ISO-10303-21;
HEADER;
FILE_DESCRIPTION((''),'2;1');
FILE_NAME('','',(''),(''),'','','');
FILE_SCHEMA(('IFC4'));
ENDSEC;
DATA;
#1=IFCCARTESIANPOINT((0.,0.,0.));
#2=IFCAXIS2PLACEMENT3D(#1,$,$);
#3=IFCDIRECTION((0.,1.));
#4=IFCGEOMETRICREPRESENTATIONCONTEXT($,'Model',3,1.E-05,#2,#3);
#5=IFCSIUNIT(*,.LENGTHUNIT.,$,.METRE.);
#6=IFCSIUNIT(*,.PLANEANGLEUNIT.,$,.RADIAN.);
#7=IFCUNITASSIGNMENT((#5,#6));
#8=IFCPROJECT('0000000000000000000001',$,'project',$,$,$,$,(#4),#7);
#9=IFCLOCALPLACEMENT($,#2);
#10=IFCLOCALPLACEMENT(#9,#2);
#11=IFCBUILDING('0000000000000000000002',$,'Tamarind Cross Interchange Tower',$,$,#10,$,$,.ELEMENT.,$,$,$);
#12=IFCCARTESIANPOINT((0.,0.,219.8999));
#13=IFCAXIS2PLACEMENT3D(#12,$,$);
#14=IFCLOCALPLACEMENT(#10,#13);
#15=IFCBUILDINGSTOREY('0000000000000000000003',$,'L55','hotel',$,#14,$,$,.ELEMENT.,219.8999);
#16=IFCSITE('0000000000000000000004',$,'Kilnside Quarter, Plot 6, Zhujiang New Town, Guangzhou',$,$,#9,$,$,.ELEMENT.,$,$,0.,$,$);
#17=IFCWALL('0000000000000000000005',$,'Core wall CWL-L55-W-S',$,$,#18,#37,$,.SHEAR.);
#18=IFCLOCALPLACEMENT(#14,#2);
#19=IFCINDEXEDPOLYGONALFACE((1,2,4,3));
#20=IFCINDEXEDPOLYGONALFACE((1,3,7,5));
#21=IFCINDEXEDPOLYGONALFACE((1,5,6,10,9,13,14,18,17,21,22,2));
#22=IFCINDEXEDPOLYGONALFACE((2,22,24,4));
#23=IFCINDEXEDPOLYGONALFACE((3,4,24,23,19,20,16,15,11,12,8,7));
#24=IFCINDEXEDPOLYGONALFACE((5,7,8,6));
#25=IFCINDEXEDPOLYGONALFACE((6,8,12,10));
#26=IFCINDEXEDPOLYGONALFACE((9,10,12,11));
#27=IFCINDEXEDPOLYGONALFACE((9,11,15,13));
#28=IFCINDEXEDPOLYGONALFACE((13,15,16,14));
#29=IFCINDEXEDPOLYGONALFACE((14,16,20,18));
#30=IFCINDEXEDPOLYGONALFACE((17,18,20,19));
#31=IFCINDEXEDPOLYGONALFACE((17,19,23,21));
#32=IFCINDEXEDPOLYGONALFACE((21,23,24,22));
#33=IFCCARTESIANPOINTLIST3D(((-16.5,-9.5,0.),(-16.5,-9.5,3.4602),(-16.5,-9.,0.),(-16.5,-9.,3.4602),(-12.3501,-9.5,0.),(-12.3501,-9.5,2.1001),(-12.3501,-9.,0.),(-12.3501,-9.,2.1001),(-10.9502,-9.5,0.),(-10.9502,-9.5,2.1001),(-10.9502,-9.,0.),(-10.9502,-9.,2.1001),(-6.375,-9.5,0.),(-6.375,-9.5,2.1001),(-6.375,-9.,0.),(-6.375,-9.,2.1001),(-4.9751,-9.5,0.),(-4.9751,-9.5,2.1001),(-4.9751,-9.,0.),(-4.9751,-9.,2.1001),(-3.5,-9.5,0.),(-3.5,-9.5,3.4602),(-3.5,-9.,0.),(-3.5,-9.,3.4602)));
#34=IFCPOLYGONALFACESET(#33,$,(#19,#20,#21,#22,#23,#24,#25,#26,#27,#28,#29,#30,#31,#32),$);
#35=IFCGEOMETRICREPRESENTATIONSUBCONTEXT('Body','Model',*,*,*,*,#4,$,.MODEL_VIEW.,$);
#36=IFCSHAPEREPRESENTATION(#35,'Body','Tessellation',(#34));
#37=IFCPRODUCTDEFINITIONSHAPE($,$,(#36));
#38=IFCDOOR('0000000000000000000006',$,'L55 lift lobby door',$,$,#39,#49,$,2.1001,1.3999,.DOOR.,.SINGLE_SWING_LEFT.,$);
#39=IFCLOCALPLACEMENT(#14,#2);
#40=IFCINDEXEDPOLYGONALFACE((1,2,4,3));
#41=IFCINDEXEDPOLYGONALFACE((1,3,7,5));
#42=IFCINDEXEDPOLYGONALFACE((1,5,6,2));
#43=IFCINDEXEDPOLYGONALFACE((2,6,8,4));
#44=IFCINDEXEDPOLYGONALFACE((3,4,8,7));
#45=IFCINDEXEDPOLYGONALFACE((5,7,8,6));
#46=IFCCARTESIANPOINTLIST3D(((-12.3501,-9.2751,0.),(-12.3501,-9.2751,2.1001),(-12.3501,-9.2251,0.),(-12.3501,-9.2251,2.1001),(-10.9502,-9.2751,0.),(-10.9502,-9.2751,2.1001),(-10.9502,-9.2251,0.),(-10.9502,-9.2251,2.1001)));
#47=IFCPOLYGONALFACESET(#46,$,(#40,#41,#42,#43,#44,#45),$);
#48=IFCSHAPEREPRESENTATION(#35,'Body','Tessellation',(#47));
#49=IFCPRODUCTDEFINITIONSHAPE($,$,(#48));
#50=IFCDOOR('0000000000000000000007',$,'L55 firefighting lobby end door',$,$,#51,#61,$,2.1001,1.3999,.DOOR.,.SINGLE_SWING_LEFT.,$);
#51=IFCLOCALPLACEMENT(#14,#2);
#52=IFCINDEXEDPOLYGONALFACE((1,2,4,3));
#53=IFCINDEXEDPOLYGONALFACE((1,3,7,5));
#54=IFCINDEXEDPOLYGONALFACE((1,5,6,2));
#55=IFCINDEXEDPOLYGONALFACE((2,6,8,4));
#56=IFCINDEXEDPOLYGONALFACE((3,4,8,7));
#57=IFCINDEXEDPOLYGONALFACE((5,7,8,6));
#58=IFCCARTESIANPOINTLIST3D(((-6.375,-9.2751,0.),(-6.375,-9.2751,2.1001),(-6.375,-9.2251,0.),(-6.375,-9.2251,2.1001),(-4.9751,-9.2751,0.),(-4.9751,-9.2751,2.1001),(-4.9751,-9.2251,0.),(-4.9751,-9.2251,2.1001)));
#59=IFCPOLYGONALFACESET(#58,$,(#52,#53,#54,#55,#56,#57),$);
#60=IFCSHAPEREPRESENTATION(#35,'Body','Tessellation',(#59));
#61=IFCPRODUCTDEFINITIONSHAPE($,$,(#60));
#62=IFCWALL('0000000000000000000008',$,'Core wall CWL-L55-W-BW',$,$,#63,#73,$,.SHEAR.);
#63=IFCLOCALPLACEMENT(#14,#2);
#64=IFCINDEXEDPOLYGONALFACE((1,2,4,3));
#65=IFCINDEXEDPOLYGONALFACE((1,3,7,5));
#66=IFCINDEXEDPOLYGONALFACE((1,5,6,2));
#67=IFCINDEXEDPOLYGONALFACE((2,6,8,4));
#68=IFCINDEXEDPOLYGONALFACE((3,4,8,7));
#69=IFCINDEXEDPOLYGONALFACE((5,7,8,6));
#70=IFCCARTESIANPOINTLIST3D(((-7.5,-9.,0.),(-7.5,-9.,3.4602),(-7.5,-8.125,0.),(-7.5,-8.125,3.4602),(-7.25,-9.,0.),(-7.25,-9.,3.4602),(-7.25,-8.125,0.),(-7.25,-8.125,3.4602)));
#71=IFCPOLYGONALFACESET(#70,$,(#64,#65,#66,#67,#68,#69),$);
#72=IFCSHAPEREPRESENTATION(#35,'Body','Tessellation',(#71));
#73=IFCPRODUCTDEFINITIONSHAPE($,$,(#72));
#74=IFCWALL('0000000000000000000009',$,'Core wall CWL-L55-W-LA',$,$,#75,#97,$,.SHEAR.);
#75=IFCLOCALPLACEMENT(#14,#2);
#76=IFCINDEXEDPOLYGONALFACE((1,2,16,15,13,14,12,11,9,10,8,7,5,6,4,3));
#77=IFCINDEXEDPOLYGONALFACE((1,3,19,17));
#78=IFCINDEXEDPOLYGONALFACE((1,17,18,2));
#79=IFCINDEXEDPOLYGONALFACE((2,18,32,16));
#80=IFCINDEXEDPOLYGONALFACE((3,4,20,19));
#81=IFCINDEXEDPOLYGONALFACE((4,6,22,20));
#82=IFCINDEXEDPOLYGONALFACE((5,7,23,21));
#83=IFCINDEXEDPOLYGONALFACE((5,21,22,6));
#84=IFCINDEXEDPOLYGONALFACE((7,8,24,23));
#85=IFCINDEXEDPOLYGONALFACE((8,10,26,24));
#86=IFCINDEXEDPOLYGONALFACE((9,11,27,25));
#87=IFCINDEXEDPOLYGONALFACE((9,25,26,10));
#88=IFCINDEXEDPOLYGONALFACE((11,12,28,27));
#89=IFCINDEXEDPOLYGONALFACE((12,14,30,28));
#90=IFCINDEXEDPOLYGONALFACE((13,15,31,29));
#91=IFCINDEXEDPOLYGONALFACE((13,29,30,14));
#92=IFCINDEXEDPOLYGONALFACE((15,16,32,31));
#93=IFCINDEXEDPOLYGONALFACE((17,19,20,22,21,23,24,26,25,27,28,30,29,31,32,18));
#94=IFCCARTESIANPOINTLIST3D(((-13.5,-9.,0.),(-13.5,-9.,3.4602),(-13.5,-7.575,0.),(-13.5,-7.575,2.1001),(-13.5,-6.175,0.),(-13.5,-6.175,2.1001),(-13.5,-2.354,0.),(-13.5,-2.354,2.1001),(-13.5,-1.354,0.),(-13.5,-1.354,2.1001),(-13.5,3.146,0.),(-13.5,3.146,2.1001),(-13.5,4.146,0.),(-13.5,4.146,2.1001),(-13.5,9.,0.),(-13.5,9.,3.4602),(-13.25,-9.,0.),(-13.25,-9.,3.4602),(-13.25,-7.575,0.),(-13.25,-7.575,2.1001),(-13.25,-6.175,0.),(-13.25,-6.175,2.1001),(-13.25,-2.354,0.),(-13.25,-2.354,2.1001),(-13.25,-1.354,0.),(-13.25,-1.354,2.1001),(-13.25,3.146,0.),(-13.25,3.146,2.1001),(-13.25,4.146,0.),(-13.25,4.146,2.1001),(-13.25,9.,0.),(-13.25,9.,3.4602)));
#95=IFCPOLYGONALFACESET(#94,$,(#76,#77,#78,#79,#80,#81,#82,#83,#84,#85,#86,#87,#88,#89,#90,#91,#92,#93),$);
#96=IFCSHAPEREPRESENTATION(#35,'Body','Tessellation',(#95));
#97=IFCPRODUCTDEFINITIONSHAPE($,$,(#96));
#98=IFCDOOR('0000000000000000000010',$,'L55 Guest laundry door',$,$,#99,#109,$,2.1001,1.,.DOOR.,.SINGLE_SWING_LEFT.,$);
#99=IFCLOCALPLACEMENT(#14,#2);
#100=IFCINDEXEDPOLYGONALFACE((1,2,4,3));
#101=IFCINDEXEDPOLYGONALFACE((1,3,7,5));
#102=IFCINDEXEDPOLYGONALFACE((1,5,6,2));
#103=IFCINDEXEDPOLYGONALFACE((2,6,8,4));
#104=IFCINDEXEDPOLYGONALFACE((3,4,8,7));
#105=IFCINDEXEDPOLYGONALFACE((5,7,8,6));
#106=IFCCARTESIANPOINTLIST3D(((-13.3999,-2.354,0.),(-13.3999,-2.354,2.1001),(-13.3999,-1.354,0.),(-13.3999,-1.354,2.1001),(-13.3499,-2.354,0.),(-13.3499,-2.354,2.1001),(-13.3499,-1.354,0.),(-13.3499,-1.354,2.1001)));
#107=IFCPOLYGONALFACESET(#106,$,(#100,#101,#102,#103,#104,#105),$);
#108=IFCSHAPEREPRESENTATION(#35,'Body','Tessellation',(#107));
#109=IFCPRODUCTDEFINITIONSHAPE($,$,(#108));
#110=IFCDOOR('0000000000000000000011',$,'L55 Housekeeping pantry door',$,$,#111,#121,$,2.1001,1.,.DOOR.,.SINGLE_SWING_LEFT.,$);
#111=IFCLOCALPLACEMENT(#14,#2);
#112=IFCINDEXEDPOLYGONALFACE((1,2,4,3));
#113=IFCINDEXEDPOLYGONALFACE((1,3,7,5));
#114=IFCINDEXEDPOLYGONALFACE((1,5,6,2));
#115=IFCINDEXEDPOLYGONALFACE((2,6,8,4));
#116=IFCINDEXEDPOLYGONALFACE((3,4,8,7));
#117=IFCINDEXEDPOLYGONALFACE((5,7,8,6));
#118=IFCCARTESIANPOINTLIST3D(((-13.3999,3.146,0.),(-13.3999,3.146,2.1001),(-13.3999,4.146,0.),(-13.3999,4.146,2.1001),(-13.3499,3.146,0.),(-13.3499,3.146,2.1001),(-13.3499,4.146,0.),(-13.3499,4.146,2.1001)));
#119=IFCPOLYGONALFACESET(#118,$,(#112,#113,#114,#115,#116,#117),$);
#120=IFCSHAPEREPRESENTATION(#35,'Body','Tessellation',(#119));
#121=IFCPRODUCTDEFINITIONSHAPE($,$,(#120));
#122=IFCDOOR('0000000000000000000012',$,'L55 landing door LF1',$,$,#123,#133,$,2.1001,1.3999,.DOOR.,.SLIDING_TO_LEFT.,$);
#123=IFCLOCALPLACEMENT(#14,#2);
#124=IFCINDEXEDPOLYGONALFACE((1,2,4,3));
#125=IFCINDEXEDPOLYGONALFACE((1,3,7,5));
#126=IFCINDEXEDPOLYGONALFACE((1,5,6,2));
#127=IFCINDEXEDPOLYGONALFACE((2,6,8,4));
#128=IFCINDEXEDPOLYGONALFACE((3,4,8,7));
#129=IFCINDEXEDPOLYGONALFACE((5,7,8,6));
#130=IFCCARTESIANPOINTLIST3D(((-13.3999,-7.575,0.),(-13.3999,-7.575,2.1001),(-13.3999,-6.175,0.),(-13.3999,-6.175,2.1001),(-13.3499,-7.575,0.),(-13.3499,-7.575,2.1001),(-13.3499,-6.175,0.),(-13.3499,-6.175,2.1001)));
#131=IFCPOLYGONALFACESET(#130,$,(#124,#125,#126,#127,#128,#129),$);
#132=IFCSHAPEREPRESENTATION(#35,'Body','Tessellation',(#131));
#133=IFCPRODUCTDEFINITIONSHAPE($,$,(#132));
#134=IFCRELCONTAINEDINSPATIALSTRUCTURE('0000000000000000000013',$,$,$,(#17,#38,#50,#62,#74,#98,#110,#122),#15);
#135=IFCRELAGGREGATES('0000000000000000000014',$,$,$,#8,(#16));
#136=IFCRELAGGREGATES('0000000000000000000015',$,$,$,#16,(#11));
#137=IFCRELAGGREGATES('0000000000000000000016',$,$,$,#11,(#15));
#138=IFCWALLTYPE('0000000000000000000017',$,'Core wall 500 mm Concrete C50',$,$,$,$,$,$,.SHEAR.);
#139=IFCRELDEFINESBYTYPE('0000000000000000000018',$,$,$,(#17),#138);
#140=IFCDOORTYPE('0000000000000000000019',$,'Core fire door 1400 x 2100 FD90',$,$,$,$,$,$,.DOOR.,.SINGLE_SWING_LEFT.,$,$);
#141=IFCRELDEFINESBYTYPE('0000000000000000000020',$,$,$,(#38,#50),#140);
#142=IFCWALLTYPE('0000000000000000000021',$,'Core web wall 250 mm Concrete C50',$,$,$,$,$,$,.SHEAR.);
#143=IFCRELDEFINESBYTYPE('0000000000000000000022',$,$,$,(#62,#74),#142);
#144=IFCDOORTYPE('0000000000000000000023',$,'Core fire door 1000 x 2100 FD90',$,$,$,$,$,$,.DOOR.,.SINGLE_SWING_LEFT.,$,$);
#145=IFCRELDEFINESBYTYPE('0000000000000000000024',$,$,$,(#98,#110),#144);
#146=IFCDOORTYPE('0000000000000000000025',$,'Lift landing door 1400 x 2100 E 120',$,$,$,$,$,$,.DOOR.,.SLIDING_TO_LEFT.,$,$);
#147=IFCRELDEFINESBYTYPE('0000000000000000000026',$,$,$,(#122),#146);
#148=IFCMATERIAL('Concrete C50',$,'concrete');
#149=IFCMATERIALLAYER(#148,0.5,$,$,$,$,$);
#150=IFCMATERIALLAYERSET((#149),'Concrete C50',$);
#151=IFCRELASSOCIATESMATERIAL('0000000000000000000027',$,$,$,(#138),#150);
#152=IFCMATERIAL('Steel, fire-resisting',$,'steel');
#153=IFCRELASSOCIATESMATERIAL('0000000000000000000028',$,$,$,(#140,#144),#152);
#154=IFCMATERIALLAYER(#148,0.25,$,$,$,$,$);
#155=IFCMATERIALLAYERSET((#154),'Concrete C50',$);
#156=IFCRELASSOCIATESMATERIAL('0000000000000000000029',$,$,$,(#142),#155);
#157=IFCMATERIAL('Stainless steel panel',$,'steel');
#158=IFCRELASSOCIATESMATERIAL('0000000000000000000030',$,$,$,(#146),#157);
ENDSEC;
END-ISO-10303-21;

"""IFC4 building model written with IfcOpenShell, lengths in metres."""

from ifc_helpers import new_model, si_unit, direction, frame, frame_2d, origin, place, context, subcontext, project, spatial, rectangle, extrude, material, layer, layer_set, type_object, element, fill, save


model = new_model("IFC4")

# Units and contexts
model_context = context("Model", 3, precision=1e-05, world=origin(), true_north=direction((0.0, 1.0)))
body_context = subcontext(model_context, "Body", "Model", "MODEL_VIEW")
ifc_project = project(units=[si_unit("LENGTHUNIT", "METRE"), si_unit("PLANEANGLEUNIT", "RADIAN")], contexts=[model_context])

# Site, building, storey
site_placement = place(None, origin())
site = spatial("IfcSite", under=ifc_project, at=site_placement, Name="Kilnside Quarter, Plot 6, Zhujiang New Town, Guangzhou", CompositionType="ELEMENT", RefElevation=0.0)
building_placement = place(site_placement, origin())
building = spatial("IfcBuilding", under=site, at=building_placement, Name="Tamarind Cross Interchange Tower", CompositionType="ELEMENT")
storey_placement = place(building_placement, frame((0.0, 0.0, 219.8999)))
storey = spatial("IfcBuildingStorey", under=building, at=storey_placement, Name="L55", Description="hotel", CompositionType="ELEMENT", Elevation=219.8999)

# Wall, openings, doors
ifc_material_1 = material(Name="Concrete C50", Category="concrete")
ifc_layer_1 = layer(ifc_material_1, 0.5)
ifc_layer_set_1 = layer_set([ifc_layer_1], Name="Concrete C50")
wall_type_1 = type_object("IfcWallType", Name="Core wall 500 mm Concrete C50", PredefinedType="SHEAR", material=ifc_layer_set_1)
wall_1_placement = place(storey_placement, frame((-16.5, -9.25, 0.0), z_axis=(0.0, 0.0, 1.0), x_axis=(1.0, 0.0, 0.0)))
wall_1 = element("IfcWall", 1, at=wall_1_placement, inside=storey, type_object=wall_type_1, Name="Core wall CWL-L55-W-S", PredefinedType="SHEAR", context=body_context, shape_type="SweptSolid", body=[
    extrude(rectangle(XDim=13.0, YDim=0.5, at=frame_2d((6.5, 0.0))), origin(), (0.0, 0.0, 1.0), 3.4602),
])
opening_1_placement = place(wall_1_placement, frame((4.1499, 0.0, 0.0)))
opening_1 = element("IfcOpeningElement", 2, at=opening_1_placement, cuts=wall_1, PredefinedType="OPENING", context=body_context, shape_type="SweptSolid", body=[
    extrude(rectangle(XDim=1.3999, YDim=2.1001, at=frame_2d((0.7, 1.05))), frame((0.0, 0.26, 0.0), z_axis=(0.0, -1.0, 0.0), x_axis=(1.0, 0.0, 0.0)), (0.0, 0.0, 1.0), 0.52),
])
opening_2_placement = place(wall_1_placement, frame((10.125, 0.0, 0.0)))
opening_2 = element("IfcOpeningElement", 3, at=opening_2_placement, cuts=wall_1, PredefinedType="OPENING", context=body_context, shape_type="SweptSolid", body=[
    extrude(rectangle(XDim=1.3999, YDim=2.1001, at=frame_2d((0.7, 1.05))), frame((0.0, 0.26, 0.0), z_axis=(0.0, -1.0, 0.0), x_axis=(1.0, 0.0, 0.0)), (0.0, 0.0, 1.0), 0.52),
])
ifc_material_2 = material(Name="Steel, fire-resisting", Category="steel")
door_type_1 = type_object("IfcDoorType", Name="Core fire door 1400 x 2100 FD90", OperationType="SINGLE_SWING_LEFT", PredefinedType="DOOR", material=ifc_material_2)
door_1_placement = place(opening_1_placement, origin())
door_1 = element("IfcDoor", 4, at=door_1_placement, inside=storey, type_object=door_type_1, Name="L55 lift lobby door", OperationType="SINGLE_SWING_LEFT", OverallHeight=2.1001, OverallWidth=1.3999, PredefinedType="DOOR", context=body_context, shape_type="SweptSolid", body=[
    extrude(rectangle(XDim=1.3999, YDim=2.1001, at=frame_2d((0.7, 1.05))), frame((0.0, 0.0249, 0.0), z_axis=(0.0, -1.0, 0.0), x_axis=(1.0, 0.0, 0.0)), (0.0, 0.0, 1.0), 0.05),
])
fill(opening_1, door_1)
door_2_placement = place(opening_2_placement, origin())
door_2 = element("IfcDoor", 5, at=door_2_placement, inside=storey, type_object=door_type_1, Name="L55 firefighting lobby end door", OperationType="SINGLE_SWING_LEFT", OverallHeight=2.1001, OverallWidth=1.3999, PredefinedType="DOOR", context=body_context, shape_type="SweptSolid", body=[
    extrude(rectangle(XDim=1.3999, YDim=2.1001, at=frame_2d((0.7, 1.05))), frame((0.0, 0.0249, 0.0), z_axis=(0.0, -1.0, 0.0), x_axis=(1.0, 0.0, 0.0)), (0.0, 0.0, 1.0), 0.05),
])
fill(opening_2, door_2)

# Wall
ifc_layer_2 = layer(ifc_material_1, 0.25)
ifc_layer_set_2 = layer_set([ifc_layer_2], Name="Concrete C50")
wall_type_2 = type_object("IfcWallType", Name="Core web wall 250 mm Concrete C50", PredefinedType="SHEAR", material=ifc_layer_set_2)
wall_2_placement = place(storey_placement, frame((-7.375, -9.0, 0.0), z_axis=(0.0, 0.0, 1.0), x_axis=(0.0, 1.0, 0.0)))
element("IfcWall", 6, at=wall_2_placement, inside=storey, type_object=wall_type_2, Name="Core wall CWL-L55-W-BW", PredefinedType="SHEAR", context=body_context, shape_type="SweptSolid", body=[
    extrude(rectangle(XDim=0.875, YDim=0.25, at=frame_2d((0.4375, 0.0))), origin(), (0.0, 0.0, 1.0), 3.4602),
])

# Wall, openings, doors
wall_3_placement = place(storey_placement, frame((-13.375, -9.0, 0.0), z_axis=(0.0, 0.0, 1.0), x_axis=(0.0, 1.0, 0.0)))
wall_3 = element("IfcWall", 7, at=wall_3_placement, inside=storey, type_object=wall_type_2, Name="Core wall CWL-L55-W-LA", PredefinedType="SHEAR", context=body_context, shape_type="SweptSolid", body=[
    extrude(rectangle(XDim=18.0, YDim=0.25, at=frame_2d((9.0, 0.0))), origin(), (0.0, 0.0, 1.0), 3.4602),
])
opening_3_placement = place(wall_3_placement, frame((1.425, 0.0, 0.0)))
opening_3 = element("IfcOpeningElement", 8, at=opening_3_placement, cuts=wall_3, PredefinedType="OPENING", context=body_context, shape_type="SweptSolid", body=[
    extrude(rectangle(XDim=1.3999, YDim=2.1001, at=frame_2d((0.7, 1.05))), frame((0.0, 0.135, 0.0), z_axis=(0.0, -1.0, 0.0), x_axis=(1.0, 0.0, 0.0)), (0.0, 0.0, 1.0), 0.27),
])
opening_4_placement = place(wall_3_placement, frame((6.646, 0.0, 0.0)))
opening_4 = element("IfcOpeningElement", 9, at=opening_4_placement, cuts=wall_3, PredefinedType="OPENING", context=body_context, shape_type="SweptSolid", body=[
    extrude(rectangle(XDim=1.0, YDim=2.1001, at=frame_2d((0.5, 1.05))), frame((0.0, 0.135, 0.0), z_axis=(0.0, -1.0, 0.0), x_axis=(1.0, 0.0, 0.0)), (0.0, 0.0, 1.0), 0.27),
])
opening_5_placement = place(wall_3_placement, frame((12.146, 0.0, 0.0)))
opening_5 = element("IfcOpeningElement", 10, at=opening_5_placement, cuts=wall_3, PredefinedType="OPENING", context=body_context, shape_type="SweptSolid", body=[
    extrude(rectangle(XDim=1.0, YDim=2.1001, at=frame_2d((0.5, 1.05))), frame((0.0, 0.135, 0.0), z_axis=(0.0, -1.0, 0.0), x_axis=(1.0, 0.0, 0.0)), (0.0, 0.0, 1.0), 0.27),
])
door_type_2 = type_object("IfcDoorType", Name="Core fire door 1000 x 2100 FD90", OperationType="SINGLE_SWING_LEFT", PredefinedType="DOOR", material=ifc_material_2)
door_3_placement = place(opening_4_placement, origin())
door_3 = element("IfcDoor", 11, at=door_3_placement, inside=storey, type_object=door_type_2, Name="L55 Guest laundry door", OperationType="SINGLE_SWING_LEFT", OverallHeight=2.1001, OverallWidth=1.0, PredefinedType="DOOR", context=body_context, shape_type="SweptSolid", body=[
    extrude(rectangle(XDim=1.0, YDim=2.1001, at=frame_2d((0.5, 1.05))), frame((0.0, 0.0249, 0.0), z_axis=(0.0, -1.0, 0.0), x_axis=(1.0, 0.0, 0.0)), (0.0, 0.0, 1.0), 0.05),
])
fill(opening_4, door_3)
door_4_placement = place(opening_5_placement, origin())
door_4 = element("IfcDoor", 12, at=door_4_placement, inside=storey, type_object=door_type_2, Name="L55 Housekeeping pantry door", OperationType="SINGLE_SWING_LEFT", OverallHeight=2.1001, OverallWidth=1.0, PredefinedType="DOOR", context=body_context, shape_type="SweptSolid", body=[
    extrude(rectangle(XDim=1.0, YDim=2.1001, at=frame_2d((0.5, 1.05))), frame((0.0, 0.0249, 0.0), z_axis=(0.0, -1.0, 0.0), x_axis=(1.0, 0.0, 0.0)), (0.0, 0.0, 1.0), 0.05),
])
fill(opening_5, door_4)
ifc_material_3 = material(Name="Stainless steel panel", Category="steel")
door_type_3 = type_object("IfcDoorType", Name="Lift landing door 1400 x 2100 E 120", OperationType="SLIDING_TO_LEFT", PredefinedType="DOOR", material=ifc_material_3)
door_5_placement = place(opening_3_placement, origin())
door_5 = element("IfcDoor", 13, at=door_5_placement, inside=storey, type_object=door_type_3, Name="L55 landing door LF1", OperationType="SLIDING_TO_LEFT", OverallHeight=2.1001, OverallWidth=1.3999, PredefinedType="DOOR", context=body_context, shape_type="SweptSolid", body=[
    extrude(rectangle(XDim=1.3999, YDim=2.1001, at=frame_2d((0.7, 1.05))), frame((0.0, 0.0249, 0.0), z_axis=(0.0, -1.0, 0.0), x_axis=(1.0, 0.0, 0.0)), (0.0, 0.0, 1.0), 0.05),
])
fill(opening_3, door_5)

save(model, "model.ifc")
